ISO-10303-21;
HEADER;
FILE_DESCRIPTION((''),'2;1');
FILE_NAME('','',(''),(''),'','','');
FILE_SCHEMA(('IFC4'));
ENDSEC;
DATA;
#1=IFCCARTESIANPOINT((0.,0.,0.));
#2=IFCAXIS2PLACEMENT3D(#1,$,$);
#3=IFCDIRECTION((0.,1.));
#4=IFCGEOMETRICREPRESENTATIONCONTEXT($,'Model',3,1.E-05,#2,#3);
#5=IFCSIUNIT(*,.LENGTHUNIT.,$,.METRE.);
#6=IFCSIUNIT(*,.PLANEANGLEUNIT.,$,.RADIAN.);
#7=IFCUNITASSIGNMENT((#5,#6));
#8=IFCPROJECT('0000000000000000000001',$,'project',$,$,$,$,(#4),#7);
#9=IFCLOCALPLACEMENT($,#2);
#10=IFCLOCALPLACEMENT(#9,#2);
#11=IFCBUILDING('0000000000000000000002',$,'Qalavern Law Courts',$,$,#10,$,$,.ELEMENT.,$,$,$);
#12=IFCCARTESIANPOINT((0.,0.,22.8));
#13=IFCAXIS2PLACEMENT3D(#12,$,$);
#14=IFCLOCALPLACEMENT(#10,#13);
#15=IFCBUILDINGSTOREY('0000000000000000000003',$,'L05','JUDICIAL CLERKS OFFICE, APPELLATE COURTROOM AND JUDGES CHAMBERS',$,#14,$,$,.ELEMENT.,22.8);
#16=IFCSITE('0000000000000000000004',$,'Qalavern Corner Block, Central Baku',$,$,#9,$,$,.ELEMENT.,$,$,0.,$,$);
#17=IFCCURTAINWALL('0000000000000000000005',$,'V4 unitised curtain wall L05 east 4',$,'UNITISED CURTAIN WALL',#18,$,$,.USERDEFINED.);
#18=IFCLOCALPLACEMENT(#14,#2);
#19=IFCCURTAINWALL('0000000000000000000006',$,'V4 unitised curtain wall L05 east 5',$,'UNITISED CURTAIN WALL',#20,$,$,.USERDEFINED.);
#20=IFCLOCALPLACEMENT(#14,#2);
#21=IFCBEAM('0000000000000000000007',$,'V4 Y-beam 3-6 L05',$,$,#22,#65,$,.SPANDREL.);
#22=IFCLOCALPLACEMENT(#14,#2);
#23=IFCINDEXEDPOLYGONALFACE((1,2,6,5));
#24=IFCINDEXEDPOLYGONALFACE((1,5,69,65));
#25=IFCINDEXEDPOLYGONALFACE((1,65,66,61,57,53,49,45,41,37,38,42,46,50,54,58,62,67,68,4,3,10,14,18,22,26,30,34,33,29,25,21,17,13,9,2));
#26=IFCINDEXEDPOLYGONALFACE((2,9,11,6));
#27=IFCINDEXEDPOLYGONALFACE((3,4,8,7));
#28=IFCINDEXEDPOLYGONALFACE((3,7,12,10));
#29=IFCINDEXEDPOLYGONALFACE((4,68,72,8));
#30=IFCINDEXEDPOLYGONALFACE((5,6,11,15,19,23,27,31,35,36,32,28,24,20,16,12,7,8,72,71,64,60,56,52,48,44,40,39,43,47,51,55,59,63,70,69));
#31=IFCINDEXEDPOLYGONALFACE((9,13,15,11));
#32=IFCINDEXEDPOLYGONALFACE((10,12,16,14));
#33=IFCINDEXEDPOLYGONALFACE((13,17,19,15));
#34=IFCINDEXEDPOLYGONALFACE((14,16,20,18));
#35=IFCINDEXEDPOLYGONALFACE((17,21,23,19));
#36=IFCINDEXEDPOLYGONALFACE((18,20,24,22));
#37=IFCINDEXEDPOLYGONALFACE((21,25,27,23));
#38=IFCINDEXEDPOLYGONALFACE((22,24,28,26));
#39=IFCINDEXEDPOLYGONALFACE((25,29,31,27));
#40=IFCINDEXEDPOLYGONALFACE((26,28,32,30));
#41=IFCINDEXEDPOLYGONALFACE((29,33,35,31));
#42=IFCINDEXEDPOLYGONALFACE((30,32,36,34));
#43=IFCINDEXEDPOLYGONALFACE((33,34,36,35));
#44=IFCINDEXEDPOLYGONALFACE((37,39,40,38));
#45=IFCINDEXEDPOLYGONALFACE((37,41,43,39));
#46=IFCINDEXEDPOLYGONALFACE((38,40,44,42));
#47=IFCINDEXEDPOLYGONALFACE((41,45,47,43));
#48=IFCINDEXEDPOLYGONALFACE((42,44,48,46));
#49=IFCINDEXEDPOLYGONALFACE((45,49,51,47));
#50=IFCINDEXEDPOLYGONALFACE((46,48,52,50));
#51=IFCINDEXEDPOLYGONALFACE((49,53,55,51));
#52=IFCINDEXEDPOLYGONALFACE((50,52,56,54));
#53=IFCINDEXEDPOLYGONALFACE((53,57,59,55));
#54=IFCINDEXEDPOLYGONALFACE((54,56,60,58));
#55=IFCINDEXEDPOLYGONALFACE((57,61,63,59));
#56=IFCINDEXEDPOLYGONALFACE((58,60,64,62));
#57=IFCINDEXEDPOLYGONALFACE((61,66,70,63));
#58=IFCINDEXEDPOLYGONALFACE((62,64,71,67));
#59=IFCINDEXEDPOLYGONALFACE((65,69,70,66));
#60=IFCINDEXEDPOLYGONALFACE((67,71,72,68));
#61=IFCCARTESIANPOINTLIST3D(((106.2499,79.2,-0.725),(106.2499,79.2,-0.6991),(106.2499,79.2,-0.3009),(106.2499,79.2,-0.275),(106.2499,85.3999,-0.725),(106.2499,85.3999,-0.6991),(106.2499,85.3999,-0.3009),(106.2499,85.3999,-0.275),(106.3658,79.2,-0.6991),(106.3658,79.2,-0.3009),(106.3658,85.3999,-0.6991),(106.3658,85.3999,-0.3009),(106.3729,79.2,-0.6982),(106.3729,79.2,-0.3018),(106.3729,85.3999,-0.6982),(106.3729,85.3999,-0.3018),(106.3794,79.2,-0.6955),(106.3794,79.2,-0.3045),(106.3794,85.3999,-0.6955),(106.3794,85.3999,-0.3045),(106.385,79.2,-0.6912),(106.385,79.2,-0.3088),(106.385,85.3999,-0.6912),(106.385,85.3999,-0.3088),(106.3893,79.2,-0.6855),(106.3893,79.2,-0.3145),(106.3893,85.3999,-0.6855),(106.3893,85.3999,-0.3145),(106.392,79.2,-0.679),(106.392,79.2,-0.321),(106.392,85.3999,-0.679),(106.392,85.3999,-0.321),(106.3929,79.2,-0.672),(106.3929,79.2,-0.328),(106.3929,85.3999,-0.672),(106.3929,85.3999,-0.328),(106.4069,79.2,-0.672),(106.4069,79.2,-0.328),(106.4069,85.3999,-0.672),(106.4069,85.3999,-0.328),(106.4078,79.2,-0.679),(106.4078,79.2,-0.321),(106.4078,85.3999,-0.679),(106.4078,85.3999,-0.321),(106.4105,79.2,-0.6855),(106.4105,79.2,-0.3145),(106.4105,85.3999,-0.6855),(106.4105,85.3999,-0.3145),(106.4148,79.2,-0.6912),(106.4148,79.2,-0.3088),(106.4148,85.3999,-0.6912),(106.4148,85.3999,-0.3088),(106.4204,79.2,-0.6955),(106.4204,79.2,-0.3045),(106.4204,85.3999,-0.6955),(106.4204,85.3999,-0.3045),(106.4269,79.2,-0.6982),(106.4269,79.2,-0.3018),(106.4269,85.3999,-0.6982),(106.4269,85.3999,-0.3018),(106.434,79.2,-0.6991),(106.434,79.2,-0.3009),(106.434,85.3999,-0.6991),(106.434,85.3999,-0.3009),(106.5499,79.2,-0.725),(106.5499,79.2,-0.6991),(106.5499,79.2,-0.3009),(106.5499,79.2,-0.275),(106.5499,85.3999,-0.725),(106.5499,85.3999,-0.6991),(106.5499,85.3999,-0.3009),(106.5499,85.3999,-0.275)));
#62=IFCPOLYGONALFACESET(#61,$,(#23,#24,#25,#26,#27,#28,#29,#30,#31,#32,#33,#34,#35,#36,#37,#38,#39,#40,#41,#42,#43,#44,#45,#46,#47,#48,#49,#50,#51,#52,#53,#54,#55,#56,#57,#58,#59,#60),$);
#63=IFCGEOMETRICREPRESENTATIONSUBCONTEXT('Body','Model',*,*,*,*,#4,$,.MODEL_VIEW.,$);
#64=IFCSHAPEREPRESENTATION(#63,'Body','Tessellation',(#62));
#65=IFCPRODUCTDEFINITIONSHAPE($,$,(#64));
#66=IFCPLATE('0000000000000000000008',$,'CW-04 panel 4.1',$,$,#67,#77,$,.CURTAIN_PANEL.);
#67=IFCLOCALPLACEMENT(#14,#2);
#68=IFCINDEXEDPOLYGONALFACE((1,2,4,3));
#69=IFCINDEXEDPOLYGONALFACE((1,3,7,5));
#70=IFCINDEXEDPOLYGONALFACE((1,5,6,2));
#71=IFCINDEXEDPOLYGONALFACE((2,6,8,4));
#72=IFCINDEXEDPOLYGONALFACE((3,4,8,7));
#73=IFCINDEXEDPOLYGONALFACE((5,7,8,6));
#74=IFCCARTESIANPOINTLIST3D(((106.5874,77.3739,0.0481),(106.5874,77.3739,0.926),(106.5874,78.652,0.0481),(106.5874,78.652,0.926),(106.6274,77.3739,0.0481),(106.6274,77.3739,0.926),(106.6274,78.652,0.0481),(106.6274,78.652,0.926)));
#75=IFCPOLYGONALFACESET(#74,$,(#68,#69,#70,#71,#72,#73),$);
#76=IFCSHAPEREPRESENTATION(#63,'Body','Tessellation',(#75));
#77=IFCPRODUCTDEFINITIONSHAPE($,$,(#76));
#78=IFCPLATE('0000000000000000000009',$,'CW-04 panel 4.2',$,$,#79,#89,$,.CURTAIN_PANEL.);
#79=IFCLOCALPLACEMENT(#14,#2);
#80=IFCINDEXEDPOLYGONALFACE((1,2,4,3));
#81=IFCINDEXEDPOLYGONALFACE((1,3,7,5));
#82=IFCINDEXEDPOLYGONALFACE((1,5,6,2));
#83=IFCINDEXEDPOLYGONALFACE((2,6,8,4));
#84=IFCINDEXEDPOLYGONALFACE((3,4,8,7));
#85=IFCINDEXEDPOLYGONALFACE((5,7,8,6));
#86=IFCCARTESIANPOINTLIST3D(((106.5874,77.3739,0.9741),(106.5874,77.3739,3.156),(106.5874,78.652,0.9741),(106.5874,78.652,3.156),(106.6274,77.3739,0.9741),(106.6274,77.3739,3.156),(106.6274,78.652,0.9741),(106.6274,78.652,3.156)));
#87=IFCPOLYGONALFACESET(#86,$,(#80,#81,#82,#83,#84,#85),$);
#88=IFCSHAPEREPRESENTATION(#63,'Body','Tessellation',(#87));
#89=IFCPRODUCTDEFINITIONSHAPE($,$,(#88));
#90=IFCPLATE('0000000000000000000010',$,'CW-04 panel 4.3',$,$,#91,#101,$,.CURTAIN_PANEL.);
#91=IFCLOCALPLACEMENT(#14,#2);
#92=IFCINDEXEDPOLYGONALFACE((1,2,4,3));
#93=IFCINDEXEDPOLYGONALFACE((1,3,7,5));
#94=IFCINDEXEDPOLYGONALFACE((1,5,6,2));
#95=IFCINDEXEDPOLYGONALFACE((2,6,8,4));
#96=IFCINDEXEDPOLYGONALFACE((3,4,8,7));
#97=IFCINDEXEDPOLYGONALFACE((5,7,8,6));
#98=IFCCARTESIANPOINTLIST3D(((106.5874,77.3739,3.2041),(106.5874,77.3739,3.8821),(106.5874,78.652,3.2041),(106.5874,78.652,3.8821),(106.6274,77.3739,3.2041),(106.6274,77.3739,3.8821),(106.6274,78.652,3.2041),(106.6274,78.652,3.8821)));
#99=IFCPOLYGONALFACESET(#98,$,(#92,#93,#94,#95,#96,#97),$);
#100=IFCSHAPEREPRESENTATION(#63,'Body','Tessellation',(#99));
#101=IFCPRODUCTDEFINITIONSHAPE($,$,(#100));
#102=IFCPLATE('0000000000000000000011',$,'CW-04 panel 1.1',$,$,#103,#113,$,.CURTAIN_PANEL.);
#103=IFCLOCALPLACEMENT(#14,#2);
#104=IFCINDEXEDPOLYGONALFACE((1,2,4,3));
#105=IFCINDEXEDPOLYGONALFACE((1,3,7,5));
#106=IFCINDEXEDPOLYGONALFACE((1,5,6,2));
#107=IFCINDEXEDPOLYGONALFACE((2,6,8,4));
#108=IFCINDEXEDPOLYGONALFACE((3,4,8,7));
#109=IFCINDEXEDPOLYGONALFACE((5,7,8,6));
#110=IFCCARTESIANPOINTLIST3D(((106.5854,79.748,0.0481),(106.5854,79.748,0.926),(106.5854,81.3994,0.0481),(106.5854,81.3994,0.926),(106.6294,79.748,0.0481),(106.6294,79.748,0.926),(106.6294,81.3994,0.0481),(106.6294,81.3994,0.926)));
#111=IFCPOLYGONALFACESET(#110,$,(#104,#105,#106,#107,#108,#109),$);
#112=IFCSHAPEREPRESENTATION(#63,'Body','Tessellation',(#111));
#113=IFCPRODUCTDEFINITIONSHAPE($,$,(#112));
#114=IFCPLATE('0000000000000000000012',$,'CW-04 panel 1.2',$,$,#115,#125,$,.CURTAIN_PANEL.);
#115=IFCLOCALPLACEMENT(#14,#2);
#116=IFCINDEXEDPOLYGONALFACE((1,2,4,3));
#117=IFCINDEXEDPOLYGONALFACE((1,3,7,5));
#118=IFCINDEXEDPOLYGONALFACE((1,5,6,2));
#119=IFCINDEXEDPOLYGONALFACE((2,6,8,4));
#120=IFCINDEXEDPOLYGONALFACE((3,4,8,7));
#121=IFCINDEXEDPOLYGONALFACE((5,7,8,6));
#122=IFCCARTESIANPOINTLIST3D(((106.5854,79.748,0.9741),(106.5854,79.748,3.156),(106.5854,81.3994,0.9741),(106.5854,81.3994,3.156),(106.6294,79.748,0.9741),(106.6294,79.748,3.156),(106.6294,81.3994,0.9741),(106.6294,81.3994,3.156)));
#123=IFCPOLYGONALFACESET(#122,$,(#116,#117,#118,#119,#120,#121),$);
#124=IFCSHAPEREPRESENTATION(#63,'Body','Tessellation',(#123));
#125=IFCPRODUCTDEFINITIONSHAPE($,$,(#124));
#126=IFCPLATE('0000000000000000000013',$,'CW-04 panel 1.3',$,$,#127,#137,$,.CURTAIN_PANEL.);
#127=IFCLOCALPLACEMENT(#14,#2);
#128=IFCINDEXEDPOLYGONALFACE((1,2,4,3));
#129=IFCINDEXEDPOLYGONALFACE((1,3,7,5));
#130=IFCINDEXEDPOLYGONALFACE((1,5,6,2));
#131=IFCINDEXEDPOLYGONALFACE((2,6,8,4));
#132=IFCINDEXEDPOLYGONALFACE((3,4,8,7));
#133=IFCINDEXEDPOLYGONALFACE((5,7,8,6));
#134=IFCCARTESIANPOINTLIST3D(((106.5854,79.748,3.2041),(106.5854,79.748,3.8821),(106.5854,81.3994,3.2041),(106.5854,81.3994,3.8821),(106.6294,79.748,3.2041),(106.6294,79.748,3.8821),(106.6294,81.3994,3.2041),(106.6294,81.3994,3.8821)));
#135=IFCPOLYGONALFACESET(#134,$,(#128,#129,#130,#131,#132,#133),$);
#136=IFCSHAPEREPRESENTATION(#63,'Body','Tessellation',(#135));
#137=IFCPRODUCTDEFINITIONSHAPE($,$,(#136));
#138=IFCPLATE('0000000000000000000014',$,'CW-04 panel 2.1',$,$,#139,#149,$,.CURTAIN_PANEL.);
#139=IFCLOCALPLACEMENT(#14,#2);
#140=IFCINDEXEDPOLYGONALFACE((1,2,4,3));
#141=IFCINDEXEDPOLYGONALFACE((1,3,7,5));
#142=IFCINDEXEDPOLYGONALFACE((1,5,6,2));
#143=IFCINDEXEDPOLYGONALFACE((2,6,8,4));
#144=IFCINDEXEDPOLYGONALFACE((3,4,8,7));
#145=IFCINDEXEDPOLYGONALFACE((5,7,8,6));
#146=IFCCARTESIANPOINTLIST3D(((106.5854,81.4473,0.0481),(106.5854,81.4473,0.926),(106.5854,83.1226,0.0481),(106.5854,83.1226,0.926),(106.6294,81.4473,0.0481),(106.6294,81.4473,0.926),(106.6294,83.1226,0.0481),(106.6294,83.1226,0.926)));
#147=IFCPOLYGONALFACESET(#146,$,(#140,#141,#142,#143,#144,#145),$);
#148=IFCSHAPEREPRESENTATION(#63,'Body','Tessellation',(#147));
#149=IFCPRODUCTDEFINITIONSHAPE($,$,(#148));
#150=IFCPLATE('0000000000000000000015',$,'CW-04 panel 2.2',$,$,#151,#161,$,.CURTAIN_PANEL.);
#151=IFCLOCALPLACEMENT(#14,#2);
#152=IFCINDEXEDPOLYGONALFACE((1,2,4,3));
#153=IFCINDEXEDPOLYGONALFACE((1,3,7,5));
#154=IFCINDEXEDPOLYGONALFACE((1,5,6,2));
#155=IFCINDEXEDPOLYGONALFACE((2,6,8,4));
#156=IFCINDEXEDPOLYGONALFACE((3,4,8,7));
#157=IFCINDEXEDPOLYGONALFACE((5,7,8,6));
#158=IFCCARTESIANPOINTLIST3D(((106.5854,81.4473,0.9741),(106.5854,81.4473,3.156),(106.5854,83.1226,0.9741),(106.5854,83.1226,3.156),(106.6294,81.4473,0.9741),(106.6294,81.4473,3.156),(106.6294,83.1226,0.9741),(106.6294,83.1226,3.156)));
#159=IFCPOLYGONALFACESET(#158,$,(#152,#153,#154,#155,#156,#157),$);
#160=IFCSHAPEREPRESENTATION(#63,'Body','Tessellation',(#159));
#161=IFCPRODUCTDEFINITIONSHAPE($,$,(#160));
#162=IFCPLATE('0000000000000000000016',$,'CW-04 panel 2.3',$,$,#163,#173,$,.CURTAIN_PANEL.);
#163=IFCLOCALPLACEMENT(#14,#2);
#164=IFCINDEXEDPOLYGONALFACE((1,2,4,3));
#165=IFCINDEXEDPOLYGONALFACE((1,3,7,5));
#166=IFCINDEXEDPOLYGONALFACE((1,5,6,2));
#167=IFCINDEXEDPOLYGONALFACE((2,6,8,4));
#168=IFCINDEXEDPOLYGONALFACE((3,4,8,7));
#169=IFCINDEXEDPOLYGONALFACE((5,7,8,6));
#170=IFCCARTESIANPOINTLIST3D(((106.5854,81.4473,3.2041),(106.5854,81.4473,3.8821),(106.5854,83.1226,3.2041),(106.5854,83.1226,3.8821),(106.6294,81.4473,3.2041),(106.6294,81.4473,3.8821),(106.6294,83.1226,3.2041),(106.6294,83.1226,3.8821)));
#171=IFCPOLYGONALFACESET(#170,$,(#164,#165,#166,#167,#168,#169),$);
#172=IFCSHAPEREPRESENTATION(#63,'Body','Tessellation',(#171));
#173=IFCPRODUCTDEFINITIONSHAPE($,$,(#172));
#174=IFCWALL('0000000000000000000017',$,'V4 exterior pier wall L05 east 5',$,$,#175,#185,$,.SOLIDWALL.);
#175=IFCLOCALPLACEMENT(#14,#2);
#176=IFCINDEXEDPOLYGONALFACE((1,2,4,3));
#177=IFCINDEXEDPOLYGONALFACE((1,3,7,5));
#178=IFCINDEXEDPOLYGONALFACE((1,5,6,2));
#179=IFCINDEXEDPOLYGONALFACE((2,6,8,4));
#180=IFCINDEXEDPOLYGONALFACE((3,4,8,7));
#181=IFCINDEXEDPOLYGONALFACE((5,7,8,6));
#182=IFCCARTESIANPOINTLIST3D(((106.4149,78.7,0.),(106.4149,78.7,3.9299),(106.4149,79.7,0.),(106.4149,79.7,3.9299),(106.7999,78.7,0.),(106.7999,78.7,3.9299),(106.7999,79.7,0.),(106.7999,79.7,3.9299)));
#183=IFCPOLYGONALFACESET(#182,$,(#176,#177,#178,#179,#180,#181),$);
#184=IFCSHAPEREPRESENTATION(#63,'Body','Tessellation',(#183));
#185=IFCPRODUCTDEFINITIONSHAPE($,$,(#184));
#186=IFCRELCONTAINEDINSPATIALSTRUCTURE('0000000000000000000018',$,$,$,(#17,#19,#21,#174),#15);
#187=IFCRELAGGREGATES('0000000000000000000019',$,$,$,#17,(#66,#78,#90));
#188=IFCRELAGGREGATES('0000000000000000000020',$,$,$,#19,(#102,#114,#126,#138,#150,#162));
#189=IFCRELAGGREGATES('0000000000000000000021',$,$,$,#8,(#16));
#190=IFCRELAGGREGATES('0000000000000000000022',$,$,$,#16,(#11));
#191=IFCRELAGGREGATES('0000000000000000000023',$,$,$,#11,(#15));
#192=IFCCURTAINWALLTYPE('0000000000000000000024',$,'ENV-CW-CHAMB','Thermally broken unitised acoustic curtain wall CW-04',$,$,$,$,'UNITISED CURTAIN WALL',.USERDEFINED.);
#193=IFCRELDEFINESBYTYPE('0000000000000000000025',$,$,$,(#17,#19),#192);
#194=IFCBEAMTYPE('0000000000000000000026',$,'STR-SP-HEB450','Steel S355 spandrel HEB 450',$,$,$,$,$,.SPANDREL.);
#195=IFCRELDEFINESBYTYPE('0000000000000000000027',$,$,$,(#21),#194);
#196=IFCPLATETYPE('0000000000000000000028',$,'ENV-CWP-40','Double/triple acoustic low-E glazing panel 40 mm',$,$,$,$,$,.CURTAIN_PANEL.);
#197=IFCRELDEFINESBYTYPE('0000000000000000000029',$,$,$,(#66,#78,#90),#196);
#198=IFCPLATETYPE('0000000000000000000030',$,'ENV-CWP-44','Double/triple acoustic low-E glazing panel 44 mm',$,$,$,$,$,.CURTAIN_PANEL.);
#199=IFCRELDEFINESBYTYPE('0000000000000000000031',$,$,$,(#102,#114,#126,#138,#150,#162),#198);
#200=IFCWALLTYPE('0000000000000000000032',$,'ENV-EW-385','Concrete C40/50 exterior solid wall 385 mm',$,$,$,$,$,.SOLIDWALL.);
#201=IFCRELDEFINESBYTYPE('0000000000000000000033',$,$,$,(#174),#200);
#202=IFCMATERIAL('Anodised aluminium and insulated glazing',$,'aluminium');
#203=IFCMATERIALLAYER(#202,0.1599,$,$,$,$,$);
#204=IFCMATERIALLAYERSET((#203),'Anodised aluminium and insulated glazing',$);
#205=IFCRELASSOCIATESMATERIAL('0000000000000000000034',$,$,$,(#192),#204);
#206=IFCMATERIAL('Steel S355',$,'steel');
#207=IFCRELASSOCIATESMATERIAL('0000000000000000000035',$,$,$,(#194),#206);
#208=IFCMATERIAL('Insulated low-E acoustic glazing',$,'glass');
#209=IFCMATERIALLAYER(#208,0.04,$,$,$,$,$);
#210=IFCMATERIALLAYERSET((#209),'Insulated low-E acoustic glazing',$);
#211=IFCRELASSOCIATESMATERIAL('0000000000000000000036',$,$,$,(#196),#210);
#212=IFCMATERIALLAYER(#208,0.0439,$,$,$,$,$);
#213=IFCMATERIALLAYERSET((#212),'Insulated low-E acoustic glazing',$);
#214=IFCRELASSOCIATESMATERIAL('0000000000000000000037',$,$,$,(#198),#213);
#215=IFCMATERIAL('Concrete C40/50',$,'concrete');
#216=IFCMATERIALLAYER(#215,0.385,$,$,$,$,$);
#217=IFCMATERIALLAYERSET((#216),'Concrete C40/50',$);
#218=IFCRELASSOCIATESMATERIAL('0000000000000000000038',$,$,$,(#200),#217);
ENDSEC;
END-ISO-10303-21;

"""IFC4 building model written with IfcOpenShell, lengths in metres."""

from ifc_helpers import new_model, si_unit, direction, frame, frame_2d, origin, origin_2d, place, context, subcontext, project, spatial, rectangle, i_section, extrude, material, layer, layer_set, material_profile, profile_set, type_object, element, aggregate, save


model = new_model("IFC4")

# Units and contexts
model_context = context("Model", 3, precision=1e-05, world=origin(), true_north=direction((0.0, 1.0)))
body_context = subcontext(model_context, "Body", "Model", "MODEL_VIEW")
ifc_project = project(units=[si_unit("LENGTHUNIT", "METRE"), si_unit("PLANEANGLEUNIT", "RADIAN")], contexts=[model_context])

# Site, building, storey
site_placement = place(None, origin())
site = spatial("IfcSite", under=ifc_project, at=site_placement, Name="Qalavern Corner Block, Central Baku", CompositionType="ELEMENT", RefElevation=0.0)
building_placement = place(site_placement, origin())
building = spatial("IfcBuilding", under=site, at=building_placement, Name="Qalavern Law Courts", CompositionType="ELEMENT")
storey_placement = place(building_placement, frame((0.0, 0.0, 22.8)))
storey = spatial("IfcBuildingStorey", under=building, at=storey_placement, Name="L05", Description="JUDICIAL CLERKS OFFICE, APPELLATE COURTROOM AND JUDGES CHAMBERS", CompositionType="ELEMENT", Elevation=22.8)

# Curtain walls
ifc_material_1 = material(Name="Anodised aluminium and insulated glazing", Category="aluminium")
ifc_layer_1 = layer(ifc_material_1, 0.1599)
ifc_layer_set_1 = layer_set([ifc_layer_1], Name="Anodised aluminium and insulated glazing")
curtain_wall_type = type_object("IfcCurtainWallType", Name="ENV-CW-CHAMB", Description="Thermally broken unitised acoustic curtain wall CW-04", ElementType="UNITISED CURTAIN WALL", PredefinedType="USERDEFINED", material=ifc_layer_set_1)
curtain_wall_1_placement = place(storey_placement, origin())
curtain_wall_1 = element("IfcCurtainWall", 1, at=curtain_wall_1_placement, inside=storey, type_object=curtain_wall_type, Name="V4 unitised curtain wall L05 east 4", ObjectType="UNITISED CURTAIN WALL", PredefinedType="USERDEFINED")
curtain_wall_2_placement = place(storey_placement, origin())
curtain_wall_2 = element("IfcCurtainWall", 2, at=curtain_wall_2_placement, inside=storey, type_object=curtain_wall_type, Name="V4 unitised curtain wall L05 east 5", ObjectType="UNITISED CURTAIN WALL", PredefinedType="USERDEFINED")

# Beam
ifc_material_2 = material(Name="Steel S355", Category="steel")
ifc_material_profile_1 = material_profile(ifc_material_2, i_section(OverallWidth=0.3, OverallDepth=0.45, WebThickness=0.0139, FlangeThickness=0.0259, FilletRadius=0.0271, at=origin_2d()), Name="HEB 450")
ifc_profile_set_1 = profile_set([ifc_material_profile_1], Name="Steel S355")
beam_type = type_object("IfcBeamType", Name="STR-SP-HEB450", Description="Steel S355 spandrel HEB 450", PredefinedType="SPANDREL", material=ifc_profile_set_1)
beam_placement = place(storey_placement, frame((106.3999, 79.2, -0.5), z_axis=(0.0, 1.0, 0.0), x_axis=(-1.0, 0.0, 0.0)))
element("IfcBeam", 3, at=beam_placement, inside=storey, type_object=beam_type, Name="V4 Y-beam 3-6 L05", PredefinedType="SPANDREL", context=body_context, shape_type="SweptSolid", body=[
    extrude(i_section(OverallWidth=0.3, OverallDepth=0.45, WebThickness=0.0139, FlangeThickness=0.0259, FilletRadius=0.0271, at=origin_2d()), origin(), (0.0, 0.0, 1.0), 6.2),
])

# Plates
ifc_material_3 = material(Name="Insulated low-E acoustic glazing", Category="glass")
ifc_layer_2 = layer(ifc_material_3, 0.04)
ifc_layer_set_2 = layer_set([ifc_layer_2], Name="Insulated low-E acoustic glazing")
plate_type_1 = type_object("IfcPlateType", Name="ENV-CWP-40", Description="Double/triple acoustic low-E glazing panel 40 mm", PredefinedType="CURTAIN_PANEL", material=ifc_layer_set_2)
plate_1_placement = place(storey_placement, frame((106.6074, 78.0129, 0.0481), z_axis=(0.0, 0.0, 1.0), x_axis=(0.0, 1.0, 0.0)))
plate_1 = element("IfcPlate", 4, at=plate_1_placement, type_object=plate_type_1, Name="CW-04 panel 4.1", PredefinedType="CURTAIN_PANEL", context=body_context, shape_type="SweptSolid", body=[
    extrude(rectangle(XDim=1.2781, YDim=0.04, at=origin_2d()), origin(), (0.0, 0.0, 1.0), 0.8779),
])
plate_2_placement = place(storey_placement, frame((106.6074, 78.0129, 0.9741), z_axis=(0.0, 0.0, 1.0), x_axis=(0.0, 1.0, 0.0)))
plate_2 = element("IfcPlate", 5, at=plate_2_placement, type_object=plate_type_1, Name="CW-04 panel 4.2", PredefinedType="CURTAIN_PANEL", context=body_context, shape_type="SweptSolid", body=[
    extrude(rectangle(XDim=1.2781, YDim=0.04, at=origin_2d()), origin(), (0.0, 0.0, 1.0), 2.1819),
])
plate_3_placement = place(storey_placement, frame((106.6074, 78.0129, 3.2041), z_axis=(0.0, 0.0, 1.0), x_axis=(0.0, 1.0, 0.0)))
plate_3 = element("IfcPlate", 6, at=plate_3_placement, type_object=plate_type_1, Name="CW-04 panel 4.3", PredefinedType="CURTAIN_PANEL", context=body_context, shape_type="SweptSolid", body=[
    extrude(rectangle(XDim=1.2781, YDim=0.04, at=origin_2d()), origin(), (0.0, 0.0, 1.0), 0.678),
])
aggregate(curtain_wall_1, [plate_1, plate_2, plate_3])
ifc_layer_3 = layer(ifc_material_3, 0.0439)
ifc_layer_set_3 = layer_set([ifc_layer_3], Name="Insulated low-E acoustic glazing")
plate_type_2 = type_object("IfcPlateType", Name="ENV-CWP-44", Description="Double/triple acoustic low-E glazing panel 44 mm", PredefinedType="CURTAIN_PANEL", material=ifc_layer_set_3)
plate_4_placement = place(storey_placement, frame((106.6074, 80.5737, 0.0481), z_axis=(0.0, 0.0, 1.0), x_axis=(0.0, 1.0, 0.0)))
plate_4 = element("IfcPlate", 7, at=plate_4_placement, type_object=plate_type_2, Name="CW-04 panel 1.1", PredefinedType="CURTAIN_PANEL", context=body_context, shape_type="SweptSolid", body=[
    extrude(rectangle(XDim=1.6514, YDim=0.0439, at=origin_2d()), origin(), (0.0, 0.0, 1.0), 0.8779),
])
plate_5_placement = place(storey_placement, frame((106.6074, 80.5737, 0.9741), z_axis=(0.0, 0.0, 1.0), x_axis=(0.0, 1.0, 0.0)))
plate_5 = element("IfcPlate", 8, at=plate_5_placement, type_object=plate_type_2, Name="CW-04 panel 1.2", PredefinedType="CURTAIN_PANEL", context=body_context, shape_type="SweptSolid", body=[
    extrude(rectangle(XDim=1.6514, YDim=0.0439, at=origin_2d()), origin(), (0.0, 0.0, 1.0), 2.1819),
])
plate_6_placement = place(storey_placement, frame((106.6074, 80.5737, 3.2041), z_axis=(0.0, 0.0, 1.0), x_axis=(0.0, 1.0, 0.0)))
plate_6 = element("IfcPlate", 9, at=plate_6_placement, type_object=plate_type_2, Name="CW-04 panel 1.3", PredefinedType="CURTAIN_PANEL", context=body_context, shape_type="SweptSolid", body=[
    extrude(rectangle(XDim=1.6514, YDim=0.0439, at=origin_2d()), origin(), (0.0, 0.0, 1.0), 0.678),
])
plate_7_placement = place(storey_placement, frame((106.6074, 82.2849, 0.0481), z_axis=(0.0, 0.0, 1.0), x_axis=(0.0, 1.0, 0.0)))
plate_7 = element("IfcPlate", 10, at=plate_7_placement, type_object=plate_type_2, Name="CW-04 panel 2.1", PredefinedType="CURTAIN_PANEL", context=body_context, shape_type="SweptSolid", body=[
    extrude(rectangle(XDim=1.6753, YDim=0.0439, at=origin_2d()), origin(), (0.0, 0.0, 1.0), 0.8779),
])
plate_8_placement = place(storey_placement, frame((106.6074, 82.2849, 0.9741), z_axis=(0.0, 0.0, 1.0), x_axis=(0.0, 1.0, 0.0)))
plate_8 = element("IfcPlate", 11, at=plate_8_placement, type_object=plate_type_2, Name="CW-04 panel 2.2", PredefinedType="CURTAIN_PANEL", context=body_context, shape_type="SweptSolid", body=[
    extrude(rectangle(XDim=1.6753, YDim=0.0439, at=origin_2d()), origin(), (0.0, 0.0, 1.0), 2.1819),
])
plate_9_placement = place(storey_placement, frame((106.6074, 82.2849, 3.2041), z_axis=(0.0, 0.0, 1.0), x_axis=(0.0, 1.0, 0.0)))
plate_9 = element("IfcPlate", 12, at=plate_9_placement, type_object=plate_type_2, Name="CW-04 panel 2.3", PredefinedType="CURTAIN_PANEL", context=body_context, shape_type="SweptSolid", body=[
    extrude(rectangle(XDim=1.6753, YDim=0.0439, at=origin_2d()), origin(), (0.0, 0.0, 1.0), 0.678),
])
aggregate(curtain_wall_2, [plate_4, plate_5, plate_6, plate_7, plate_8, plate_9])

# Wall
ifc_material_4 = material(Name="Concrete C40/50", Category="concrete")
ifc_layer_4 = layer(ifc_material_4, 0.385)
ifc_layer_set_4 = layer_set([ifc_layer_4], Name="Concrete C40/50")
wall_type = type_object("IfcWallType", Name="ENV-EW-385", Description="Concrete C40/50 exterior solid wall 385 mm", PredefinedType="SOLIDWALL", material=ifc_layer_set_4)
wall_placement = place(storey_placement, frame((106.6074, 78.7, 0.0), z_axis=(0.0, 0.0, 1.0), x_axis=(0.0, 1.0, 0.0)))
element("IfcWall", 13, at=wall_placement, inside=storey, type_object=wall_type, Name="V4 exterior pier wall L05 east 5", PredefinedType="SOLIDWALL", context=body_context, shape_type="SweptSolid", body=[
    extrude(rectangle(XDim=1.0, YDim=0.385, at=frame_2d((0.5, 0.0))), origin(), (0.0, 0.0, 1.0), 3.9299),
])

save(model, "model.ifc")
